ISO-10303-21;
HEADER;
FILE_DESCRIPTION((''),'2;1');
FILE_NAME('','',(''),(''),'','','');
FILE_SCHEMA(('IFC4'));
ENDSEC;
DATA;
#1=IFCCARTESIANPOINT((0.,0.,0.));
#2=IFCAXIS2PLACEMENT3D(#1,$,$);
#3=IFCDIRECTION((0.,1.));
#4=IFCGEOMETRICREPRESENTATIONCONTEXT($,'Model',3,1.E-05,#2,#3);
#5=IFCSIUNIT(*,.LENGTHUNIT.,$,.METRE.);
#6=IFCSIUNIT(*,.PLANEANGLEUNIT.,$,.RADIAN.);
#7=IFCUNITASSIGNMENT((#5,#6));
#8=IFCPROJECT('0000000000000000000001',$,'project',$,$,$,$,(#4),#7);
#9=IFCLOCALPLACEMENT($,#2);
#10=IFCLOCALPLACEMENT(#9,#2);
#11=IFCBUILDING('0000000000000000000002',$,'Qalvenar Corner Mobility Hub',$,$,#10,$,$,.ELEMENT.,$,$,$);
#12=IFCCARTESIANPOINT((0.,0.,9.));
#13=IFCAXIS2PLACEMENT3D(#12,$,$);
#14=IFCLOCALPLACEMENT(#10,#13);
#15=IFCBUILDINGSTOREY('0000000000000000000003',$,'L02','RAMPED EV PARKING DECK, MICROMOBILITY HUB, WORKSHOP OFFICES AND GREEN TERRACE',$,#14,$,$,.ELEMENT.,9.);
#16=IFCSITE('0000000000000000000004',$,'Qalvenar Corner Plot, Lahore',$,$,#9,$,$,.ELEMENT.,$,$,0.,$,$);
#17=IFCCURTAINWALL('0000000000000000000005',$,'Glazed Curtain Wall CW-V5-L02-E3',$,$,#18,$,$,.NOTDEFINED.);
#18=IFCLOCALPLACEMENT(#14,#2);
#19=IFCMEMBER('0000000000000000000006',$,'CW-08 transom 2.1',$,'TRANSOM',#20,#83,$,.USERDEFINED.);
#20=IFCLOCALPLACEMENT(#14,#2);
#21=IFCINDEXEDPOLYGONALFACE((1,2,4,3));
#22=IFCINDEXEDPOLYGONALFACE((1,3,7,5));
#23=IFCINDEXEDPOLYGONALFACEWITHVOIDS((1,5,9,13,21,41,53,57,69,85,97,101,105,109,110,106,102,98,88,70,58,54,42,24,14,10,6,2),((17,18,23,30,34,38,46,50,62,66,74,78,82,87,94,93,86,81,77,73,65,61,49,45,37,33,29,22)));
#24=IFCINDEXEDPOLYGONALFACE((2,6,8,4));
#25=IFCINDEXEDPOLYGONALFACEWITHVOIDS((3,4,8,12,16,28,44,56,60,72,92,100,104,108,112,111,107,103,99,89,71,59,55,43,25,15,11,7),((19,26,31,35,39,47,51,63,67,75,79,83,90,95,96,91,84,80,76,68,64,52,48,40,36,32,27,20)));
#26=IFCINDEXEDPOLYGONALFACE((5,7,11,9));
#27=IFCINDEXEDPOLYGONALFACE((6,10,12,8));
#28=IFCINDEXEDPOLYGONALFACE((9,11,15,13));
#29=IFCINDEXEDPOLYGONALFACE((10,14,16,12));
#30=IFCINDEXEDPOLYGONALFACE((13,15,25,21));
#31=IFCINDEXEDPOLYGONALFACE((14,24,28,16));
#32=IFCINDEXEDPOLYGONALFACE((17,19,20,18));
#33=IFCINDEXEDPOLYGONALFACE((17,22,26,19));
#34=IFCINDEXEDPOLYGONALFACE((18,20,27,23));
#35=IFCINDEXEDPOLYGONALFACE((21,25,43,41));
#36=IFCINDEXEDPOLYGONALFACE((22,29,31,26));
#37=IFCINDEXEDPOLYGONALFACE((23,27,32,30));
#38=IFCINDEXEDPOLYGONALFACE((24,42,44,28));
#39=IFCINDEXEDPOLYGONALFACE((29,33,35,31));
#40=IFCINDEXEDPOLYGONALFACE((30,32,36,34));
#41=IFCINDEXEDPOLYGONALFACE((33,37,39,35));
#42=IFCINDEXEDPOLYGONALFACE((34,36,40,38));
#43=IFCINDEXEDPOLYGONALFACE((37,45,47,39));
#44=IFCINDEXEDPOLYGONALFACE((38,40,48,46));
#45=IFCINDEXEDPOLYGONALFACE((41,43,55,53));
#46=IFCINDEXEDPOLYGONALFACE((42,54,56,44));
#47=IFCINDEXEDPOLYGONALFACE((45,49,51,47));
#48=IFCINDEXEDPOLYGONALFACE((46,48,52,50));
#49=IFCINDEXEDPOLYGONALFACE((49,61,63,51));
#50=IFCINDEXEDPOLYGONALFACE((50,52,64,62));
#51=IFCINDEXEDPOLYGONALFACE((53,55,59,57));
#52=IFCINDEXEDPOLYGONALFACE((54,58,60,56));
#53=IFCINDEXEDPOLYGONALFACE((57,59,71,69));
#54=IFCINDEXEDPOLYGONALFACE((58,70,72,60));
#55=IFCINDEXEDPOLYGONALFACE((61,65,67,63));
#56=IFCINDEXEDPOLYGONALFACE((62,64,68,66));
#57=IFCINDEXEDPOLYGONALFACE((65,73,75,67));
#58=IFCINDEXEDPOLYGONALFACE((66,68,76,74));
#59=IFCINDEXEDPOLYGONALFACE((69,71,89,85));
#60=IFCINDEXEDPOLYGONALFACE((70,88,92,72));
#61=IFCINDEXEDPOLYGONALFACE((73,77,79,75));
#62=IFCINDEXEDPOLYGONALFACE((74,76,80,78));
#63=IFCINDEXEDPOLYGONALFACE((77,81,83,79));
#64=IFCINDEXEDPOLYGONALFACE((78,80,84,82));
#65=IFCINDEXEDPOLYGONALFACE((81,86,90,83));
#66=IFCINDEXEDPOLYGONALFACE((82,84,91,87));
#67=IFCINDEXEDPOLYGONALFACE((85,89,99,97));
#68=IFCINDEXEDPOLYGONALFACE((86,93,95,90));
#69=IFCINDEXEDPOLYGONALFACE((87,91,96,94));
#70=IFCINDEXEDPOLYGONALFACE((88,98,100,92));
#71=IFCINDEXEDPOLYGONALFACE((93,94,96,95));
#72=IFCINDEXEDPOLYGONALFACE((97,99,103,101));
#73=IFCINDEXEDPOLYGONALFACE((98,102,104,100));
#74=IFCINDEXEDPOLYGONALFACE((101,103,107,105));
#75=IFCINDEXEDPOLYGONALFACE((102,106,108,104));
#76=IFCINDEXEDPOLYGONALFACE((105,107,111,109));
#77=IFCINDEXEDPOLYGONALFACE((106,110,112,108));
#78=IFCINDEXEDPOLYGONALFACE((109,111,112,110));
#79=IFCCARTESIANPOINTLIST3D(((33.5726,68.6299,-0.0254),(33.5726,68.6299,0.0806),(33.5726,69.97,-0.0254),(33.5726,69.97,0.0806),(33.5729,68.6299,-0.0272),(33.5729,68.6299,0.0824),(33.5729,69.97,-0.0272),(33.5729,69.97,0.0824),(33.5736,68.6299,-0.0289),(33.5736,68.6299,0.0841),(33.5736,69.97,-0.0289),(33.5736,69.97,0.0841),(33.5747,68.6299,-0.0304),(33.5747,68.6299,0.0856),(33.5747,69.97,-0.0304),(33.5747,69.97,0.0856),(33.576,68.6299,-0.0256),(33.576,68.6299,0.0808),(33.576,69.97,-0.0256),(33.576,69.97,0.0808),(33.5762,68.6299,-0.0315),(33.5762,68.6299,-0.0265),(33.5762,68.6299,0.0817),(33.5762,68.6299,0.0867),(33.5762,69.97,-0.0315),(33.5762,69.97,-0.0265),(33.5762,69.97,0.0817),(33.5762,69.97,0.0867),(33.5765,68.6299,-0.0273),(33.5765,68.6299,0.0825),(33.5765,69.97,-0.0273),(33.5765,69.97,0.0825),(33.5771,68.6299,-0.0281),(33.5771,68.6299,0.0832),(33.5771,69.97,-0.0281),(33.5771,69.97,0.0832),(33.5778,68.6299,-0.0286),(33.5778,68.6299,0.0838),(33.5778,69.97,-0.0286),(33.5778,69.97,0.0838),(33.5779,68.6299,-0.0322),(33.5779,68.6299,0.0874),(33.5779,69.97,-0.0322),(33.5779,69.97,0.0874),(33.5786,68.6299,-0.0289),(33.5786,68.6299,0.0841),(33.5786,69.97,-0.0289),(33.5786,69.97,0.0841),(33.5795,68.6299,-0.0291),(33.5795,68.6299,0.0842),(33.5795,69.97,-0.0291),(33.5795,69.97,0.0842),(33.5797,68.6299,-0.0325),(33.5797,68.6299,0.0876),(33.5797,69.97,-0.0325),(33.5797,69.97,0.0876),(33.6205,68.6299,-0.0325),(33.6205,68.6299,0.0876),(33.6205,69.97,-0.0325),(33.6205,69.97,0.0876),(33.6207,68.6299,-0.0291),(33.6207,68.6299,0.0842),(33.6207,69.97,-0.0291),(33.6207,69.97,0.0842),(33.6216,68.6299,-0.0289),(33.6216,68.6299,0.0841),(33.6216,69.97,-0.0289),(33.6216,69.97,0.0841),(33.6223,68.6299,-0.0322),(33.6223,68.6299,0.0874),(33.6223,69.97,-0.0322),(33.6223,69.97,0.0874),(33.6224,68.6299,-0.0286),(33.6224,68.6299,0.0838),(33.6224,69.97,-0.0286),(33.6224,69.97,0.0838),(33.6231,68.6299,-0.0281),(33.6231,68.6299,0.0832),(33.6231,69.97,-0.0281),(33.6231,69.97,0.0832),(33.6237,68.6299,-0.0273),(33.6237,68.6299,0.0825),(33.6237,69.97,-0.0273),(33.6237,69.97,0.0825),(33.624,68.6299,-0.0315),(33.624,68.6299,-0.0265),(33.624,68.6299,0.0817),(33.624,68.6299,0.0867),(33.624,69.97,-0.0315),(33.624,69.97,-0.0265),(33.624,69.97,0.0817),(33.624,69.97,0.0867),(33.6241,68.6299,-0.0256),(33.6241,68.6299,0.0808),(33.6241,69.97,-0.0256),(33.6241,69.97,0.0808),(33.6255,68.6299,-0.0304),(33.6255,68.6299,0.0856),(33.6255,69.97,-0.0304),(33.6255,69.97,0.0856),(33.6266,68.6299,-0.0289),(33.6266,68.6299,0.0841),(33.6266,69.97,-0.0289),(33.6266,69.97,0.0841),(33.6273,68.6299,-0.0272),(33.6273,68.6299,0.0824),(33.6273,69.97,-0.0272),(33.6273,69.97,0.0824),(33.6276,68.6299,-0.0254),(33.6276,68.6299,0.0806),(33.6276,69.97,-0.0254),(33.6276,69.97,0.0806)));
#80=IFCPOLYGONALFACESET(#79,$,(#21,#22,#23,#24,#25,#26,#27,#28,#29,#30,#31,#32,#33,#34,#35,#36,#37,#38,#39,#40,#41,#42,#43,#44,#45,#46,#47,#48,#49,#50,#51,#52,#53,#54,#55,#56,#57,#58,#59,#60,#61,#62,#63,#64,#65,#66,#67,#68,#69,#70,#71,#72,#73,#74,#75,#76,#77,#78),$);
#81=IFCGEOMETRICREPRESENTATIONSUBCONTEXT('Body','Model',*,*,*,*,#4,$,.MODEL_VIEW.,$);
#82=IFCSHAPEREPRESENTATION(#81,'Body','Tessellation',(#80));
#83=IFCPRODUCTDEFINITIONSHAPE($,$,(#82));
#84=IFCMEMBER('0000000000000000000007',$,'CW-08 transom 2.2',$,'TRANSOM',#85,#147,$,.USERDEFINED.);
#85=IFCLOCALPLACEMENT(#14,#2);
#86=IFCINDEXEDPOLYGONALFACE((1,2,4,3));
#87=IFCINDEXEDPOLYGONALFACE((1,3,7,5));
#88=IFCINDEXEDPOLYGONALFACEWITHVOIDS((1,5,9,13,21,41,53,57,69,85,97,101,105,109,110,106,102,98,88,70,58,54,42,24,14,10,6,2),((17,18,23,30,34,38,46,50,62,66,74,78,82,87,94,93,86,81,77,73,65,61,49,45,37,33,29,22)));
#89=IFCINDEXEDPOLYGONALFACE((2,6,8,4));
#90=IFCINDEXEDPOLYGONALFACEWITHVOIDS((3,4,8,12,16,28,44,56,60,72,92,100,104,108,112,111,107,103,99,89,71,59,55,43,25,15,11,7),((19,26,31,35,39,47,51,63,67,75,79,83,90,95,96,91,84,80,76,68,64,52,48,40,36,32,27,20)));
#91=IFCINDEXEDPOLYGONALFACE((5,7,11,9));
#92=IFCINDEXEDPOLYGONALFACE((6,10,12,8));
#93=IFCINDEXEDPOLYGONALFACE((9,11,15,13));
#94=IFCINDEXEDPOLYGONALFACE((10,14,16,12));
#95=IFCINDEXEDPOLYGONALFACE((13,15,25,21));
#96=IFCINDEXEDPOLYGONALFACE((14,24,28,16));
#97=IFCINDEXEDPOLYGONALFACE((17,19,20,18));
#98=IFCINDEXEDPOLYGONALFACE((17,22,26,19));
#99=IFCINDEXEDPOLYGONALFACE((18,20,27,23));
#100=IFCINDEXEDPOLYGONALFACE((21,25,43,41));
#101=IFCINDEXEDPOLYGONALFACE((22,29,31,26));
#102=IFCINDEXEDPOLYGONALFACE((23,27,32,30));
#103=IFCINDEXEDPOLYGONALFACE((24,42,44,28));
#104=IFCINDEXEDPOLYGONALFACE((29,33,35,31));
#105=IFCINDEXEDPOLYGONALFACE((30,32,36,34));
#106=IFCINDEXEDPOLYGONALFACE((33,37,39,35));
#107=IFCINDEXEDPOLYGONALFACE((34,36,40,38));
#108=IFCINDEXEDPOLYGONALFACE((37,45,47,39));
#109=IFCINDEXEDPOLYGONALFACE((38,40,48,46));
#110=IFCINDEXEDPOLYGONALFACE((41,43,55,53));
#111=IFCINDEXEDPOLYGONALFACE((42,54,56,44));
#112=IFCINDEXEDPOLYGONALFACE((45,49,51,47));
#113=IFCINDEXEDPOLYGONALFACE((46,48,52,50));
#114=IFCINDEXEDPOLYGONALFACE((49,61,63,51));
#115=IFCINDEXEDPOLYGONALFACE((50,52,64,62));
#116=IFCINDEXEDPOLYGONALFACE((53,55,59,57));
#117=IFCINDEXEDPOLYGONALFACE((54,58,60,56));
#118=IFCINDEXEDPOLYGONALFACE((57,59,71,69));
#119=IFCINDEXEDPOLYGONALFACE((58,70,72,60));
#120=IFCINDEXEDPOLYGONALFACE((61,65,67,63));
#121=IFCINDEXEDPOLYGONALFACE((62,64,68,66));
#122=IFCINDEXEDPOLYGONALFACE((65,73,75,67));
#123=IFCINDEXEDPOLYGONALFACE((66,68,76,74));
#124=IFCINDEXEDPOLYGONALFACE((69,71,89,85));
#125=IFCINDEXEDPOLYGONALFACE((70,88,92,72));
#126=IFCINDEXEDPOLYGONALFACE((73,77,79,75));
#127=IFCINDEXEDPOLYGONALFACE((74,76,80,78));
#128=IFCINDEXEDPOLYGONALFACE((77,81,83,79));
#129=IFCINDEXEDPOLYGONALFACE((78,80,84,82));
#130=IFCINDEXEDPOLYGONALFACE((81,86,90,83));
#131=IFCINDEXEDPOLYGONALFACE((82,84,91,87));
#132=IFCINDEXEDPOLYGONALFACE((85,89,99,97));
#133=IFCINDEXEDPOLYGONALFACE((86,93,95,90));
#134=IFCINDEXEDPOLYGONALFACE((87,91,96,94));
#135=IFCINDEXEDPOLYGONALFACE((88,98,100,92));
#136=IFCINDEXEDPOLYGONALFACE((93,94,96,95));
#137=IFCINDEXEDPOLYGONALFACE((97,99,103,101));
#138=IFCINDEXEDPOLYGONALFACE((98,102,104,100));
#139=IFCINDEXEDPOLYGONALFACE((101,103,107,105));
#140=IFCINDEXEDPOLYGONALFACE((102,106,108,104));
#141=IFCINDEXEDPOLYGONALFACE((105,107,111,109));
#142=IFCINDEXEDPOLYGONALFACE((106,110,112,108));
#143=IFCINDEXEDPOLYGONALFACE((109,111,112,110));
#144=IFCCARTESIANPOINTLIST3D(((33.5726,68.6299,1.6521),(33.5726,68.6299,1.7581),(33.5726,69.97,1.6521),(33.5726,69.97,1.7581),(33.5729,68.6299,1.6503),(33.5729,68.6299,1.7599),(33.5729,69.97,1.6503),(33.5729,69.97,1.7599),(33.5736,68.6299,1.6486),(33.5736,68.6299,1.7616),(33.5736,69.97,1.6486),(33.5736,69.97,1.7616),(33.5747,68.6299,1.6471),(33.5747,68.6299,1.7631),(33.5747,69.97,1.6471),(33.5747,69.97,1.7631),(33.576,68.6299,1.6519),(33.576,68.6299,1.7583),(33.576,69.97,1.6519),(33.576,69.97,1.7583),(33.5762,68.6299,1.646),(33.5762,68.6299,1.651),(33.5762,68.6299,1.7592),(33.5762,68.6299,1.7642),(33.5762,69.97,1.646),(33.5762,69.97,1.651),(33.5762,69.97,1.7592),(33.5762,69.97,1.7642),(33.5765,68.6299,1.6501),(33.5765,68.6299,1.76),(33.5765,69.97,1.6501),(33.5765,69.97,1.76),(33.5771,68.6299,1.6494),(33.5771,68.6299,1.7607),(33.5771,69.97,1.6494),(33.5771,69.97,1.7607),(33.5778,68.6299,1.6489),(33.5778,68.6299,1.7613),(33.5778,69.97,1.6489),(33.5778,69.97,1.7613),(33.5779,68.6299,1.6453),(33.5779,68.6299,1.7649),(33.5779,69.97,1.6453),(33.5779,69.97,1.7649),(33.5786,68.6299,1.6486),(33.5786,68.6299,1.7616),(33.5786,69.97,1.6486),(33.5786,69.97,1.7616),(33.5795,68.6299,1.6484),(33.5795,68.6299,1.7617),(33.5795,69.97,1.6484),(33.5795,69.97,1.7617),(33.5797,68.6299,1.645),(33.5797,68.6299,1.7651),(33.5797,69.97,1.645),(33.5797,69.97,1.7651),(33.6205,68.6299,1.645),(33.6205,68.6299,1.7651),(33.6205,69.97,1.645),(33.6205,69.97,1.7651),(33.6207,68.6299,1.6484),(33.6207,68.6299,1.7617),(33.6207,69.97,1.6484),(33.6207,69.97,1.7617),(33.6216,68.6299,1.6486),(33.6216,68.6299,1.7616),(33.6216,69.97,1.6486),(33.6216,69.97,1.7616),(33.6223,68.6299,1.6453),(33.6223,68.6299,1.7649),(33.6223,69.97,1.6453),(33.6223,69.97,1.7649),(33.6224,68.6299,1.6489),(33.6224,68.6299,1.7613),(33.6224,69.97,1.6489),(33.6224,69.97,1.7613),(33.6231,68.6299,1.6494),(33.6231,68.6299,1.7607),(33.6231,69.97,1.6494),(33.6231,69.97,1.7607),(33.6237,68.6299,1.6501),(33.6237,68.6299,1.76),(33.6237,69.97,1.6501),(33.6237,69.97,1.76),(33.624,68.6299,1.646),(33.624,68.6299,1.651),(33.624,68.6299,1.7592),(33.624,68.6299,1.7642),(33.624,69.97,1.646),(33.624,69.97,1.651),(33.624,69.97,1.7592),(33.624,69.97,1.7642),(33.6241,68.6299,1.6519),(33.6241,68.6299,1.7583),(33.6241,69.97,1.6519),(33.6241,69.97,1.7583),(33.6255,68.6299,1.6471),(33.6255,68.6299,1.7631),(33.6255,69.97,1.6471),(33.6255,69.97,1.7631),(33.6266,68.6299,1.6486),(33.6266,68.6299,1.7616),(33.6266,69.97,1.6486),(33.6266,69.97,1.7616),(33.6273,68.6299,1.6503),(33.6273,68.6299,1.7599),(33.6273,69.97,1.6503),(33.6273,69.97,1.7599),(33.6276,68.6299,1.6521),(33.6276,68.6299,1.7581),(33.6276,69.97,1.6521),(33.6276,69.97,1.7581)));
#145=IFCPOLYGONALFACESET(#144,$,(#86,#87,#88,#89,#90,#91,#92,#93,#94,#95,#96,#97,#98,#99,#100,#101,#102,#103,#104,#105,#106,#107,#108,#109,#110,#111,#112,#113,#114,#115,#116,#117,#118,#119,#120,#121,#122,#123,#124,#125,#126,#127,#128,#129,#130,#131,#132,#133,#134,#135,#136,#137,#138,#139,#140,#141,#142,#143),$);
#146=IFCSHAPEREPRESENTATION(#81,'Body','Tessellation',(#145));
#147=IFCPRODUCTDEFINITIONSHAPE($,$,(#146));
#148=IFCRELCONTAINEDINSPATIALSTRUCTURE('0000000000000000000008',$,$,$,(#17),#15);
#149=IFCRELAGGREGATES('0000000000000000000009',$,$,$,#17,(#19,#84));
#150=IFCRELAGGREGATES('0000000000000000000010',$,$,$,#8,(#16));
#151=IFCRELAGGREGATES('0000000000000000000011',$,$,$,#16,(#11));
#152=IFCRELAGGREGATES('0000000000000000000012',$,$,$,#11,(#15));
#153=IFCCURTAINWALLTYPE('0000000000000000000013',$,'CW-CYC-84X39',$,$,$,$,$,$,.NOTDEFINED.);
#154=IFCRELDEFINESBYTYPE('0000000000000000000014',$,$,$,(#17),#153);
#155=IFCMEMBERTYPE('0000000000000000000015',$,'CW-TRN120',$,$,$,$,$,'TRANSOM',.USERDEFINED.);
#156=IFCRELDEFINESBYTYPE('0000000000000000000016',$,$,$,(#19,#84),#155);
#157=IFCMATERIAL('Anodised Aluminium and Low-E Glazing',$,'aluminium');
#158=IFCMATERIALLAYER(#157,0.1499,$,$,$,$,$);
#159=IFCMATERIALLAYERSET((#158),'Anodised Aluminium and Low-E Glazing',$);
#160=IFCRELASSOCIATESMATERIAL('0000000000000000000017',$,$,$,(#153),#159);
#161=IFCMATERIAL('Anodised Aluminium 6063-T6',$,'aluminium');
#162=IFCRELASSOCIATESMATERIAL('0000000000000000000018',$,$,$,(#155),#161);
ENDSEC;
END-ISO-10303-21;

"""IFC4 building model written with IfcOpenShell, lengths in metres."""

from ifc_helpers import new_model, si_unit, direction, frame, origin, origin_2d, place, context, subcontext, project, spatial, hollow_rectangle, extrude, material, layer, layer_set, material_profile, profile_set, type_object, element, aggregate, save


model = new_model("IFC4")

# Units and contexts
model_context = context("Model", 3, precision=1e-05, world=origin(), true_north=direction((0.0, 1.0)))
body_context = subcontext(model_context, "Body", "Model", "MODEL_VIEW")
ifc_project = project(units=[si_unit("LENGTHUNIT", "METRE"), si_unit("PLANEANGLEUNIT", "RADIAN")], contexts=[model_context])

# Site, building, storey
site_placement = place(None, origin())
site = spatial("IfcSite", under=ifc_project, at=site_placement, Name="Qalvenar Corner Plot, Lahore", CompositionType="ELEMENT", RefElevation=0.0)
building_placement = place(site_placement, origin())
building = spatial("IfcBuilding", under=site, at=building_placement, Name="Qalvenar Corner Mobility Hub", CompositionType="ELEMENT")
storey_placement = place(building_placement, frame((0.0, 0.0, 9.0)))
storey = spatial("IfcBuildingStorey", under=building, at=storey_placement, Name="L02", Description="RAMPED EV PARKING DECK, MICROMOBILITY HUB, WORKSHOP OFFICES AND GREEN TERRACE", CompositionType="ELEMENT", Elevation=9.0)

# Curtain wall, members
ifc_material_1 = material(Name="Anodised Aluminium and Low-E Glazing", Category="aluminium")
ifc_layer_1 = layer(ifc_material_1, 0.1499)
ifc_layer_set_1 = layer_set([ifc_layer_1], Name="Anodised Aluminium and Low-E Glazing")
curtain_wall_type = type_object("IfcCurtainWallType", Name="CW-CYC-84X39", PredefinedType="NOTDEFINED", material=ifc_layer_set_1)
curtain_wall_placement = place(storey_placement, origin())
curtain_wall = element("IfcCurtainWall", 1, at=curtain_wall_placement, inside=storey, type_object=curtain_wall_type, Name="Glazed Curtain Wall CW-V5-L02-E3", PredefinedType="NOTDEFINED")
ifc_material_2 = material(Name="Anodised Aluminium 6063-T6", Category="aluminium")
ifc_material_profile_1 = material_profile(ifc_material_2, hollow_rectangle(XDim=0.0549, YDim=0.1201, WallThickness=0.0034, InnerFilletRadius=0.0034, OuterFilletRadius=0.0071, at=origin_2d()), Name="RHS120x55x3.5")
ifc_profile_set_1 = profile_set([ifc_material_profile_1], Name="Anodised Aluminium 6063-T6")
member_type_1 = type_object("IfcMemberType", Name="CW-TRN120", ElementType="TRANSOM", PredefinedType="USERDEFINED", material=ifc_profile_set_1)
member_1_placement = place(storey_placement, frame((33.6001, 68.6299, 0.0276), z_axis=(0.0, 1.0, 0.0), x_axis=(-1.0, 0.0, 0.0)))
member_1 = element("IfcMember", 2, at=member_1_placement, type_object=member_type_1, Name="CW-08 transom 2.1", ObjectType="TRANSOM", PredefinedType="USERDEFINED", context=body_context, shape_type="SweptSolid", body=[
    extrude(hollow_rectangle(XDim=0.0549, YDim=0.1201, WallThickness=0.0034, InnerFilletRadius=0.0034, OuterFilletRadius=0.0071, at=origin_2d()), origin(), (0.0, 0.0, 1.0), 1.3401),
])
member_2_placement = place(storey_placement, frame((33.6001, 68.6299, 1.7051), z_axis=(0.0, 1.0, 0.0), x_axis=(-1.0, 0.0, 0.0)))
member_2 = element("IfcMember", 3, at=member_2_placement, type_object=member_type_1, Name="CW-08 transom 2.2", ObjectType="TRANSOM", PredefinedType="USERDEFINED", context=body_context, shape_type="SweptSolid", body=[
    extrude(hollow_rectangle(XDim=0.0549, YDim=0.1201, WallThickness=0.0034, InnerFilletRadius=0.0034, OuterFilletRadius=0.0071, at=origin_2d()), origin(), (0.0, 0.0, 1.0), 1.3401),
])
aggregate(curtain_wall, [member_1, member_2])

save(model, "model.ifc")
